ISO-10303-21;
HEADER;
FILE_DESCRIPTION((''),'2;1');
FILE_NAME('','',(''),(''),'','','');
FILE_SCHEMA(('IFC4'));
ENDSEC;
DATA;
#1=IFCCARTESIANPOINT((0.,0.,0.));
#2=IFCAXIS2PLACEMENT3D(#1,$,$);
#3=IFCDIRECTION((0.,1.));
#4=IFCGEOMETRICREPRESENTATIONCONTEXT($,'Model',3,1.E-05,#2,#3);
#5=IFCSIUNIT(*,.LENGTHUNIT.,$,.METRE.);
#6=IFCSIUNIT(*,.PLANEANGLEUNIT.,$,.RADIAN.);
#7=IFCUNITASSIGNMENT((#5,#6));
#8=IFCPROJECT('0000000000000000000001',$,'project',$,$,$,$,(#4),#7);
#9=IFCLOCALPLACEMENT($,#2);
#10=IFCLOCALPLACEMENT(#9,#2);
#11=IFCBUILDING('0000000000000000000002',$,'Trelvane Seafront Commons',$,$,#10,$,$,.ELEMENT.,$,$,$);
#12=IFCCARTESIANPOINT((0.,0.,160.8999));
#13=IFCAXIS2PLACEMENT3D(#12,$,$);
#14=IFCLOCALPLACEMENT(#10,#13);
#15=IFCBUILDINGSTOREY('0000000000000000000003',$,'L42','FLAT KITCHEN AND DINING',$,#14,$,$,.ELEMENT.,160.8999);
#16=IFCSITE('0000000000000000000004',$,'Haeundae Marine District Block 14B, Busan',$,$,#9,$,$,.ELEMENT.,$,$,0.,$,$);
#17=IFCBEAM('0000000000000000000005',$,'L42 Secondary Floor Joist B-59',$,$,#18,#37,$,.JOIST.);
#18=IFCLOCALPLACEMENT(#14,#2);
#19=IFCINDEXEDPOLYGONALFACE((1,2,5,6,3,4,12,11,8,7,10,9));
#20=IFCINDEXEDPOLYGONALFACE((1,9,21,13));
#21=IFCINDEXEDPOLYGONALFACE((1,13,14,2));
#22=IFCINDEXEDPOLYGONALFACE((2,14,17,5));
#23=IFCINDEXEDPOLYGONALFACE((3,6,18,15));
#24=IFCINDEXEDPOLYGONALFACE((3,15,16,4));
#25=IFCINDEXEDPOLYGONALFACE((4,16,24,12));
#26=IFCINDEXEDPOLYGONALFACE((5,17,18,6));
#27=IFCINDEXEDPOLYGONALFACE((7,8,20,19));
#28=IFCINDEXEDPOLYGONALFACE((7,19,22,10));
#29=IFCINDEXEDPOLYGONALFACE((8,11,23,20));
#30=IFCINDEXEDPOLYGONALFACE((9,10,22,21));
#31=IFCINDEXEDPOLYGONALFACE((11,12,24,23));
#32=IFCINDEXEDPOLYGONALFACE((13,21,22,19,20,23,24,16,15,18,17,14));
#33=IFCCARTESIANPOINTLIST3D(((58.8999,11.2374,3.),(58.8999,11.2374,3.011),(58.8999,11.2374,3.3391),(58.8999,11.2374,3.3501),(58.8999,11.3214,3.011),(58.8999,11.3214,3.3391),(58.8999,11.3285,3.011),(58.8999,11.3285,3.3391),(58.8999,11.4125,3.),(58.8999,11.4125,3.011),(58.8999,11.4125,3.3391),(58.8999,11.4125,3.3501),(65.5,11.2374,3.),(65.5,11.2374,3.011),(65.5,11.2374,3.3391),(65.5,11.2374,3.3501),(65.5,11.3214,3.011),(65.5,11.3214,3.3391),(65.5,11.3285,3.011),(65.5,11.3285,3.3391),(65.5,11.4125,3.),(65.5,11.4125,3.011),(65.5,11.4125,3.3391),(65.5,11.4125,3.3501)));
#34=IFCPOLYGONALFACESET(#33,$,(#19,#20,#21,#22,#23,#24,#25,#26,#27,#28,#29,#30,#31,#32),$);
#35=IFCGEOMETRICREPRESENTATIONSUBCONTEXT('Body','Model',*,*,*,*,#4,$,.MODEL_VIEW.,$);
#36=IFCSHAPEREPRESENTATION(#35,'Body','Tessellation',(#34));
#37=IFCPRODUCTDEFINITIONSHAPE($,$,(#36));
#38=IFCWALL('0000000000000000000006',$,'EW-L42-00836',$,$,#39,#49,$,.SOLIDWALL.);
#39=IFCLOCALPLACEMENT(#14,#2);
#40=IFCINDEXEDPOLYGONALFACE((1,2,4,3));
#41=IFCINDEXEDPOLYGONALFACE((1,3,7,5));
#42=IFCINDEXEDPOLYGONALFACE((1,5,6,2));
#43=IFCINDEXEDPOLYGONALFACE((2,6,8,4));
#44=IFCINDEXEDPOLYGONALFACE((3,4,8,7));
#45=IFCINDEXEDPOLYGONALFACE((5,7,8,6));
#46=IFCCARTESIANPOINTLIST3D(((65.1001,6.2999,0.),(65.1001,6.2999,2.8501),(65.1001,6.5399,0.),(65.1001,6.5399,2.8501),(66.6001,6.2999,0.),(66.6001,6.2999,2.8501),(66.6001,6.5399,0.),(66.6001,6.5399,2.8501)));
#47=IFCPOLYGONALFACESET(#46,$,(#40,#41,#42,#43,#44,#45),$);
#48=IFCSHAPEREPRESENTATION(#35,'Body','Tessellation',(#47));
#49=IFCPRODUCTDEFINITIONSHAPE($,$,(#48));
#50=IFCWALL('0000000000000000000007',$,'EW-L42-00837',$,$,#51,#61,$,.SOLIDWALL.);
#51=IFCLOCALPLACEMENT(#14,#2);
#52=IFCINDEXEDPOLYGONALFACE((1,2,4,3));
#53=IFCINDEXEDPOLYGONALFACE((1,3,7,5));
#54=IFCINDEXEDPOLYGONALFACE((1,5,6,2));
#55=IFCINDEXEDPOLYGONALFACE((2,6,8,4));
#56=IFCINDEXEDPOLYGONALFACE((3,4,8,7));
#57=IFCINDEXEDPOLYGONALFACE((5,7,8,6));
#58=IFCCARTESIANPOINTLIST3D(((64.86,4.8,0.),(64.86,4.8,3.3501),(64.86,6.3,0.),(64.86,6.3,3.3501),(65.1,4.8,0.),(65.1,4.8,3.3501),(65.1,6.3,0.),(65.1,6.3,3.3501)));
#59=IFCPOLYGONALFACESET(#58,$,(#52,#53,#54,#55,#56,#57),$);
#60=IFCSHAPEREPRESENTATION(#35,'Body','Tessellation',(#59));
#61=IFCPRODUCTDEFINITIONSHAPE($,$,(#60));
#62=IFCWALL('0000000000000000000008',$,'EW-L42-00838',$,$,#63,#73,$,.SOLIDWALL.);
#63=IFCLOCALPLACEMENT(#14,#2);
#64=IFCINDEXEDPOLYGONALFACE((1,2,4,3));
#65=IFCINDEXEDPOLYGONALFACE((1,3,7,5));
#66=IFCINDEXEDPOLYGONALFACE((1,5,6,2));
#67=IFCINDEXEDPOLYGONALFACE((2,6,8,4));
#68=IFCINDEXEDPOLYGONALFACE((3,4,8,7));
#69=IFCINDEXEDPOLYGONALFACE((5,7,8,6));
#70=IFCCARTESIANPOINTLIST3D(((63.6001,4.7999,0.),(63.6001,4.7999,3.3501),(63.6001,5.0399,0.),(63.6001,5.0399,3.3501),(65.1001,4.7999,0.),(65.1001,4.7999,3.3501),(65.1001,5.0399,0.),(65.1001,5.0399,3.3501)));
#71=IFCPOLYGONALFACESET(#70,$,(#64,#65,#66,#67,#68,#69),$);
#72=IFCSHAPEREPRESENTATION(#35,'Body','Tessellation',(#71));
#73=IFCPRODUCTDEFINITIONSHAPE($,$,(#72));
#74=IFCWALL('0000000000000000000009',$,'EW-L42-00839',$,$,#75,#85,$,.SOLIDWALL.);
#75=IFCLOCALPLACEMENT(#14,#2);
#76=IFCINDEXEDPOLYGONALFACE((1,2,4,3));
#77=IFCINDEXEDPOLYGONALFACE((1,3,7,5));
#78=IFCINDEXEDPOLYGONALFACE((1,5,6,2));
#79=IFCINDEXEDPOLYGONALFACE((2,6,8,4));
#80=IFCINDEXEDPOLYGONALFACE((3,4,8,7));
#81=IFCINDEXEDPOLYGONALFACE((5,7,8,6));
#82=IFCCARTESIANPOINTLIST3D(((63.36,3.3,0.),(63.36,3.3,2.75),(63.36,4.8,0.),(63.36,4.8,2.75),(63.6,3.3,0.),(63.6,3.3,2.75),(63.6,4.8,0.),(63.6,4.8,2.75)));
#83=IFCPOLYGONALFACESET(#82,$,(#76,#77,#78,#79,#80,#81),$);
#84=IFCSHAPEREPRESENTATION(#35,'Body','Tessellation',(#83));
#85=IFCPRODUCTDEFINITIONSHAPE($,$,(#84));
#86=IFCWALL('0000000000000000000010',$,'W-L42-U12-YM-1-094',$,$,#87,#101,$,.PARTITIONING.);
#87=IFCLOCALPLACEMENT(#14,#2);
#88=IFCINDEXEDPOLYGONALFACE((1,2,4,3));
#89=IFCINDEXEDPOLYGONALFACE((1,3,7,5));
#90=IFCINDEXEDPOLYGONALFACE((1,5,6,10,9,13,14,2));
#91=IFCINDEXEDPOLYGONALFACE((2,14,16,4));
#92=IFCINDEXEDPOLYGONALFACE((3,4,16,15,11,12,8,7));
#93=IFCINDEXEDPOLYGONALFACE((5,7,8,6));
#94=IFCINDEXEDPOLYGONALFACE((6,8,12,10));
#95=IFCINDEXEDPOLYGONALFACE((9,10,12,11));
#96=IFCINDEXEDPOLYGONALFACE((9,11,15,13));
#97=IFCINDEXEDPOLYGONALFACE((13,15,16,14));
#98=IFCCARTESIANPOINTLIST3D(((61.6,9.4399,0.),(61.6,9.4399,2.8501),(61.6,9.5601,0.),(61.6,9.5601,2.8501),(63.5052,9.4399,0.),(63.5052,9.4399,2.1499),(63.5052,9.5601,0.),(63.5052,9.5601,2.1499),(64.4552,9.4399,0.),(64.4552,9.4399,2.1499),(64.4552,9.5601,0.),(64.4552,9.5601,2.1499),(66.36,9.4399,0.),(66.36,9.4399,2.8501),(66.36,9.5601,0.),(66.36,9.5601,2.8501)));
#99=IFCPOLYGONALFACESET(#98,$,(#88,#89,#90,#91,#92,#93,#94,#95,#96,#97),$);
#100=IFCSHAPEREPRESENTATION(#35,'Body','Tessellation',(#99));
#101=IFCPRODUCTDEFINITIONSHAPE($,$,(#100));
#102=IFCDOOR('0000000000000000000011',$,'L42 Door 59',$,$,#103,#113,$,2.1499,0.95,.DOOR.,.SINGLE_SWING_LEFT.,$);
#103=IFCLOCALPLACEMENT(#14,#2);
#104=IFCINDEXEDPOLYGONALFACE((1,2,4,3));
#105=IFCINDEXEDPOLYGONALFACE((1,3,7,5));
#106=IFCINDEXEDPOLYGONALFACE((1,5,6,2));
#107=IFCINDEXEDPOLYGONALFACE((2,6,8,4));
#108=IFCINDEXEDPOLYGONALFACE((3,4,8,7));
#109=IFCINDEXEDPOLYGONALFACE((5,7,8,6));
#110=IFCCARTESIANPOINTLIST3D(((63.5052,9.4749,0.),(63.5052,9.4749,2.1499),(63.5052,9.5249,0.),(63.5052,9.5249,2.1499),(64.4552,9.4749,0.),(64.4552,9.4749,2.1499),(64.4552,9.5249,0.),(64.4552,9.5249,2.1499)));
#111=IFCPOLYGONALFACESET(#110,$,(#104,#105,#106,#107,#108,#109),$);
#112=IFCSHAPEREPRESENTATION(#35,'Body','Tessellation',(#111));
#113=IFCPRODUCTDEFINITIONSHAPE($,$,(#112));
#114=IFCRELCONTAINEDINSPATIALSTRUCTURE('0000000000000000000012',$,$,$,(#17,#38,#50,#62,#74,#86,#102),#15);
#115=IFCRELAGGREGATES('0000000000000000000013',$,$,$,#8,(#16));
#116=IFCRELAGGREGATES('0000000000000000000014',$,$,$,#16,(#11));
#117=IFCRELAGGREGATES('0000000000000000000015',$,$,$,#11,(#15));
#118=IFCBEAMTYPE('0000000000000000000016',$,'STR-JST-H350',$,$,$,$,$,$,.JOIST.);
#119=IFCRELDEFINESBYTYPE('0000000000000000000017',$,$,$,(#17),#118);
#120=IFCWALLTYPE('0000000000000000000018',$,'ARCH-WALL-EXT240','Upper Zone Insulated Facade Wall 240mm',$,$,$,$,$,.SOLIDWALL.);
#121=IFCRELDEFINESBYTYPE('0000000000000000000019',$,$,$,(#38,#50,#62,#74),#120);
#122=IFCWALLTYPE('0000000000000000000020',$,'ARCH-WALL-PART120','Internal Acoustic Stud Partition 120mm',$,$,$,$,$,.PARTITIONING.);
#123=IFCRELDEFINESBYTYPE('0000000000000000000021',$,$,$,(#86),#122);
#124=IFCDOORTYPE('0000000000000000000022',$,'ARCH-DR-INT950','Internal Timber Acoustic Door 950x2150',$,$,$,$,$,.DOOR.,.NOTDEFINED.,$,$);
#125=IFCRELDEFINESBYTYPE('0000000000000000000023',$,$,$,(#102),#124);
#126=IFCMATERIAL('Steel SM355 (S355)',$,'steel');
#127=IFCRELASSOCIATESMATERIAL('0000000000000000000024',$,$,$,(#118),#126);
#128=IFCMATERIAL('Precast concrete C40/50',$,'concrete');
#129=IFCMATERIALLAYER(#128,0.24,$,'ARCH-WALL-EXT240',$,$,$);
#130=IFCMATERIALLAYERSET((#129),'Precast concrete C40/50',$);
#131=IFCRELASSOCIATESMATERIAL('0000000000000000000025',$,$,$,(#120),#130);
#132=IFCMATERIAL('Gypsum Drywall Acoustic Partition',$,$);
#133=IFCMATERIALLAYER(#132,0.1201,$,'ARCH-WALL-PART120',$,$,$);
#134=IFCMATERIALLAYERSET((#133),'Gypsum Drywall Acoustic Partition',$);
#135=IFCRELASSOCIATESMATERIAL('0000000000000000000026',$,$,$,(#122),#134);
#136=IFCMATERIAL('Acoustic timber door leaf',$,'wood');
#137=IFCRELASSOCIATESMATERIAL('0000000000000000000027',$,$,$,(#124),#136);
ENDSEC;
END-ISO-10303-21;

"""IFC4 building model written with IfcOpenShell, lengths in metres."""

from ifc_helpers import new_model, si_unit, direction, frame, frame_2d, origin, origin_2d, place, context, subcontext, project, spatial, rectangle, i_section, extrude, source, transform, mapped, material, layer, layer_set, material_profile, profile_set, type_object, element, fill, save


model = new_model("IFC4")

# Units and contexts
model_context = context("Model", 3, precision=1e-05, world=origin(), true_north=direction((0.0, 1.0)))
body_context = subcontext(model_context, "Body", "Model", "MODEL_VIEW")
ifc_project = project(units=[si_unit("LENGTHUNIT", "METRE"), si_unit("PLANEANGLEUNIT", "RADIAN")], contexts=[model_context])

# Site, building, storey
site_placement = place(None, origin())
site = spatial("IfcSite", under=ifc_project, at=site_placement, Name="Haeundae Marine District Block 14B, Busan", CompositionType="ELEMENT", RefElevation=0.0)
building_placement = place(site_placement, origin())
building = spatial("IfcBuilding", under=site, at=building_placement, Name="Trelvane Seafront Commons", CompositionType="ELEMENT")
storey_placement = place(building_placement, frame((0.0, 0.0, 160.8999)))
storey = spatial("IfcBuildingStorey", under=building, at=storey_placement, Name="L42", Description="FLAT KITCHEN AND DINING", CompositionType="ELEMENT", Elevation=160.8999)

# Beam
ifc_material_1 = material(Name="Steel SM355 (S355)", Category="steel")
ifc_material_profile = material_profile(ifc_material_1, i_section(OverallWidth=0.175, OverallDepth=0.3501, WebThickness=0.0071, FlangeThickness=0.011, at=origin_2d()), Name="H-350x175x7x11")
ifc_profile_set = profile_set([ifc_material_profile], Name="Steel SM355 (S355)")
beam_type = type_object("IfcBeamType", Name="STR-JST-H350", PredefinedType="JOIST", material=ifc_profile_set)
shared_shape_1 = source(origin(), body_context, "Body", "SweptSolid", [
    extrude(i_section(OverallWidth=0.175, OverallDepth=0.3501, WebThickness=0.0071, FlangeThickness=0.011, at=origin_2d()), origin(), (0.0, 0.0, 1.0), 6.6001),
])
beam_placement = place(storey_placement, frame((58.8999, 11.325, 3.175), z_axis=(1.0, 0.0, 0.0), x_axis=(0.0, 1.0, 0.0)))
element("IfcBeam", 1, at=beam_placement, inside=storey, type_object=beam_type, Name="L42 Secondary Floor Joist B-59", PredefinedType="JOIST", context=body_context, shape_type="MappedRepresentation", body=[
    mapped(shared_shape_1, transform((0.0, 0.0, 0.0), x_axis=(1.0, 0.0, 0.0), y_axis=(0.0, 1.0, 0.0), z_axis=(0.0, 0.0, 1.0), scale=1.0)),
])

# Walls
ifc_material_2 = material(Name="Precast concrete C40/50", Category="concrete")
ifc_layer_1 = layer(ifc_material_2, 0.24, Name="ARCH-WALL-EXT240")
ifc_layer_set_1 = layer_set([ifc_layer_1], Name="Precast concrete C40/50")
wall_type_1 = type_object("IfcWallType", Name="ARCH-WALL-EXT240", Description="Upper Zone Insulated Facade Wall 240mm", PredefinedType="SOLIDWALL", material=ifc_layer_set_1)
wall_1_placement = place(storey_placement, frame((66.6001, 6.4199, 0.0), z_axis=(0.0, 0.0, 1.0), x_axis=(-1.0, 0.0, 0.0)))
element("IfcWall", 2, at=wall_1_placement, inside=storey, type_object=wall_type_1, Name="EW-L42-00836", PredefinedType="SOLIDWALL", context=body_context, shape_type="SweptSolid", body=[
    extrude(rectangle(XDim=1.5, YDim=0.24, at=frame_2d((0.75, 0.0))), origin(), (0.0, 0.0, 1.0), 2.8501),
])
for number, where, z_axis, x_axis, name in (
    (3, (64.98, 6.3, 0.0), (0.0, 0.0, 1.0), (0.0, -1.0, 0.0), "EW-L42-00837"),
    (4, (65.1001, 4.9199, 0.0), (0.0, 0.0, 1.0), (-1.0, 0.0, 0.0), "EW-L42-00838"),
):
    element("IfcWall", number, at=place(storey_placement, frame(where, z_axis=z_axis, x_axis=x_axis)), inside=storey, type_object=wall_type_1, Name=name, PredefinedType="SOLIDWALL", context=body_context, shape_type="SweptSolid", body=[
        extrude(rectangle(XDim=1.5, YDim=0.24, at=frame_2d((0.75, 0.0))), origin(), (0.0, 0.0, 1.0), 3.3501),
    ])
wall_2_placement = place(storey_placement, frame((63.48, 4.8, 0.0), z_axis=(0.0, 0.0, 1.0), x_axis=(0.0, -1.0, 0.0)))
element("IfcWall", 5, at=wall_2_placement, inside=storey, type_object=wall_type_1, Name="EW-L42-00839", PredefinedType="SOLIDWALL", context=body_context, shape_type="SweptSolid", body=[
    extrude(rectangle(XDim=1.5, YDim=0.24, at=frame_2d((0.75, 0.0))), origin(), (0.0, 0.0, 1.0), 2.75),
])

# Wall, opening, door
ifc_material_3 = material(Name="Gypsum Drywall Acoustic Partition")
ifc_layer_2 = layer(ifc_material_3, 0.1201, Name="ARCH-WALL-PART120")
ifc_layer_set_2 = layer_set([ifc_layer_2], Name="Gypsum Drywall Acoustic Partition")
wall_type_2 = type_object("IfcWallType", Name="ARCH-WALL-PART120", Description="Internal Acoustic Stud Partition 120mm", PredefinedType="PARTITIONING", material=ifc_layer_set_2)
wall_3_placement = place(storey_placement, frame((61.6001, 9.5, 0.0), z_axis=(0.0, 0.0, 1.0), x_axis=(1.0, 0.0, 0.0)))
wall_3 = element("IfcWall", 6, at=wall_3_placement, inside=storey, type_object=wall_type_2, Name="W-L42-U12-YM-1-094", PredefinedType="PARTITIONING", context=body_context, shape_type="SweptSolid", body=[
    extrude(rectangle(XDim=4.76, YDim=0.1201, at=frame_2d((2.3799, 0.0))), origin(), (0.0, 0.0, 1.0), 2.8501),
])
opening_placement = place(wall_3_placement, frame((1.905, 0.0, 0.0)))
opening = element("IfcOpeningElement", 7, at=opening_placement, cuts=wall_3, PredefinedType="OPENING", context=body_context, shape_type="SweptSolid", body=[
    extrude(rectangle(XDim=0.95, YDim=2.1499, at=frame_2d((0.4751, 1.075))), frame((0.0, 0.0701, 0.0), z_axis=(0.0, -1.0, 0.0), x_axis=(1.0, 0.0, 0.0)), (0.0, 0.0, 1.0), 0.1401),
])
ifc_material_4 = material(Name="Acoustic timber door leaf", Category="wood")
door_type = type_object("IfcDoorType", Name="ARCH-DR-INT950", Description="Internal Timber Acoustic Door 950x2150", OperationType="NOTDEFINED", PredefinedType="DOOR", material=ifc_material_4)
shared_shape_2 = source(origin(), body_context, "Body", "SweptSolid", [
    extrude(rectangle(XDim=0.95, YDim=2.1499, at=frame_2d((0.4751, 1.075))), frame((0.0, 0.0249, 0.0), z_axis=(0.0, -1.0, 0.0), x_axis=(1.0, 0.0, 0.0)), (0.0, 0.0, 1.0), 0.05),
])
door_placement = place(opening_placement, origin())
door = element("IfcDoor", 8, at=door_placement, inside=storey, type_object=door_type, Name="L42 Door 59", OperationType="SINGLE_SWING_LEFT", OverallHeight=2.1499, OverallWidth=0.95, PredefinedType="DOOR", context=body_context, shape_type="MappedRepresentation", body=[
    mapped(shared_shape_2, transform((0.0, 0.0, 0.0), x_axis=(1.0, 0.0, 0.0), y_axis=(0.0, 1.0, 0.0), z_axis=(0.0, 0.0, 1.0), scale=1.0)),
])
fill(opening, door)

save(model, "model.ifc")
